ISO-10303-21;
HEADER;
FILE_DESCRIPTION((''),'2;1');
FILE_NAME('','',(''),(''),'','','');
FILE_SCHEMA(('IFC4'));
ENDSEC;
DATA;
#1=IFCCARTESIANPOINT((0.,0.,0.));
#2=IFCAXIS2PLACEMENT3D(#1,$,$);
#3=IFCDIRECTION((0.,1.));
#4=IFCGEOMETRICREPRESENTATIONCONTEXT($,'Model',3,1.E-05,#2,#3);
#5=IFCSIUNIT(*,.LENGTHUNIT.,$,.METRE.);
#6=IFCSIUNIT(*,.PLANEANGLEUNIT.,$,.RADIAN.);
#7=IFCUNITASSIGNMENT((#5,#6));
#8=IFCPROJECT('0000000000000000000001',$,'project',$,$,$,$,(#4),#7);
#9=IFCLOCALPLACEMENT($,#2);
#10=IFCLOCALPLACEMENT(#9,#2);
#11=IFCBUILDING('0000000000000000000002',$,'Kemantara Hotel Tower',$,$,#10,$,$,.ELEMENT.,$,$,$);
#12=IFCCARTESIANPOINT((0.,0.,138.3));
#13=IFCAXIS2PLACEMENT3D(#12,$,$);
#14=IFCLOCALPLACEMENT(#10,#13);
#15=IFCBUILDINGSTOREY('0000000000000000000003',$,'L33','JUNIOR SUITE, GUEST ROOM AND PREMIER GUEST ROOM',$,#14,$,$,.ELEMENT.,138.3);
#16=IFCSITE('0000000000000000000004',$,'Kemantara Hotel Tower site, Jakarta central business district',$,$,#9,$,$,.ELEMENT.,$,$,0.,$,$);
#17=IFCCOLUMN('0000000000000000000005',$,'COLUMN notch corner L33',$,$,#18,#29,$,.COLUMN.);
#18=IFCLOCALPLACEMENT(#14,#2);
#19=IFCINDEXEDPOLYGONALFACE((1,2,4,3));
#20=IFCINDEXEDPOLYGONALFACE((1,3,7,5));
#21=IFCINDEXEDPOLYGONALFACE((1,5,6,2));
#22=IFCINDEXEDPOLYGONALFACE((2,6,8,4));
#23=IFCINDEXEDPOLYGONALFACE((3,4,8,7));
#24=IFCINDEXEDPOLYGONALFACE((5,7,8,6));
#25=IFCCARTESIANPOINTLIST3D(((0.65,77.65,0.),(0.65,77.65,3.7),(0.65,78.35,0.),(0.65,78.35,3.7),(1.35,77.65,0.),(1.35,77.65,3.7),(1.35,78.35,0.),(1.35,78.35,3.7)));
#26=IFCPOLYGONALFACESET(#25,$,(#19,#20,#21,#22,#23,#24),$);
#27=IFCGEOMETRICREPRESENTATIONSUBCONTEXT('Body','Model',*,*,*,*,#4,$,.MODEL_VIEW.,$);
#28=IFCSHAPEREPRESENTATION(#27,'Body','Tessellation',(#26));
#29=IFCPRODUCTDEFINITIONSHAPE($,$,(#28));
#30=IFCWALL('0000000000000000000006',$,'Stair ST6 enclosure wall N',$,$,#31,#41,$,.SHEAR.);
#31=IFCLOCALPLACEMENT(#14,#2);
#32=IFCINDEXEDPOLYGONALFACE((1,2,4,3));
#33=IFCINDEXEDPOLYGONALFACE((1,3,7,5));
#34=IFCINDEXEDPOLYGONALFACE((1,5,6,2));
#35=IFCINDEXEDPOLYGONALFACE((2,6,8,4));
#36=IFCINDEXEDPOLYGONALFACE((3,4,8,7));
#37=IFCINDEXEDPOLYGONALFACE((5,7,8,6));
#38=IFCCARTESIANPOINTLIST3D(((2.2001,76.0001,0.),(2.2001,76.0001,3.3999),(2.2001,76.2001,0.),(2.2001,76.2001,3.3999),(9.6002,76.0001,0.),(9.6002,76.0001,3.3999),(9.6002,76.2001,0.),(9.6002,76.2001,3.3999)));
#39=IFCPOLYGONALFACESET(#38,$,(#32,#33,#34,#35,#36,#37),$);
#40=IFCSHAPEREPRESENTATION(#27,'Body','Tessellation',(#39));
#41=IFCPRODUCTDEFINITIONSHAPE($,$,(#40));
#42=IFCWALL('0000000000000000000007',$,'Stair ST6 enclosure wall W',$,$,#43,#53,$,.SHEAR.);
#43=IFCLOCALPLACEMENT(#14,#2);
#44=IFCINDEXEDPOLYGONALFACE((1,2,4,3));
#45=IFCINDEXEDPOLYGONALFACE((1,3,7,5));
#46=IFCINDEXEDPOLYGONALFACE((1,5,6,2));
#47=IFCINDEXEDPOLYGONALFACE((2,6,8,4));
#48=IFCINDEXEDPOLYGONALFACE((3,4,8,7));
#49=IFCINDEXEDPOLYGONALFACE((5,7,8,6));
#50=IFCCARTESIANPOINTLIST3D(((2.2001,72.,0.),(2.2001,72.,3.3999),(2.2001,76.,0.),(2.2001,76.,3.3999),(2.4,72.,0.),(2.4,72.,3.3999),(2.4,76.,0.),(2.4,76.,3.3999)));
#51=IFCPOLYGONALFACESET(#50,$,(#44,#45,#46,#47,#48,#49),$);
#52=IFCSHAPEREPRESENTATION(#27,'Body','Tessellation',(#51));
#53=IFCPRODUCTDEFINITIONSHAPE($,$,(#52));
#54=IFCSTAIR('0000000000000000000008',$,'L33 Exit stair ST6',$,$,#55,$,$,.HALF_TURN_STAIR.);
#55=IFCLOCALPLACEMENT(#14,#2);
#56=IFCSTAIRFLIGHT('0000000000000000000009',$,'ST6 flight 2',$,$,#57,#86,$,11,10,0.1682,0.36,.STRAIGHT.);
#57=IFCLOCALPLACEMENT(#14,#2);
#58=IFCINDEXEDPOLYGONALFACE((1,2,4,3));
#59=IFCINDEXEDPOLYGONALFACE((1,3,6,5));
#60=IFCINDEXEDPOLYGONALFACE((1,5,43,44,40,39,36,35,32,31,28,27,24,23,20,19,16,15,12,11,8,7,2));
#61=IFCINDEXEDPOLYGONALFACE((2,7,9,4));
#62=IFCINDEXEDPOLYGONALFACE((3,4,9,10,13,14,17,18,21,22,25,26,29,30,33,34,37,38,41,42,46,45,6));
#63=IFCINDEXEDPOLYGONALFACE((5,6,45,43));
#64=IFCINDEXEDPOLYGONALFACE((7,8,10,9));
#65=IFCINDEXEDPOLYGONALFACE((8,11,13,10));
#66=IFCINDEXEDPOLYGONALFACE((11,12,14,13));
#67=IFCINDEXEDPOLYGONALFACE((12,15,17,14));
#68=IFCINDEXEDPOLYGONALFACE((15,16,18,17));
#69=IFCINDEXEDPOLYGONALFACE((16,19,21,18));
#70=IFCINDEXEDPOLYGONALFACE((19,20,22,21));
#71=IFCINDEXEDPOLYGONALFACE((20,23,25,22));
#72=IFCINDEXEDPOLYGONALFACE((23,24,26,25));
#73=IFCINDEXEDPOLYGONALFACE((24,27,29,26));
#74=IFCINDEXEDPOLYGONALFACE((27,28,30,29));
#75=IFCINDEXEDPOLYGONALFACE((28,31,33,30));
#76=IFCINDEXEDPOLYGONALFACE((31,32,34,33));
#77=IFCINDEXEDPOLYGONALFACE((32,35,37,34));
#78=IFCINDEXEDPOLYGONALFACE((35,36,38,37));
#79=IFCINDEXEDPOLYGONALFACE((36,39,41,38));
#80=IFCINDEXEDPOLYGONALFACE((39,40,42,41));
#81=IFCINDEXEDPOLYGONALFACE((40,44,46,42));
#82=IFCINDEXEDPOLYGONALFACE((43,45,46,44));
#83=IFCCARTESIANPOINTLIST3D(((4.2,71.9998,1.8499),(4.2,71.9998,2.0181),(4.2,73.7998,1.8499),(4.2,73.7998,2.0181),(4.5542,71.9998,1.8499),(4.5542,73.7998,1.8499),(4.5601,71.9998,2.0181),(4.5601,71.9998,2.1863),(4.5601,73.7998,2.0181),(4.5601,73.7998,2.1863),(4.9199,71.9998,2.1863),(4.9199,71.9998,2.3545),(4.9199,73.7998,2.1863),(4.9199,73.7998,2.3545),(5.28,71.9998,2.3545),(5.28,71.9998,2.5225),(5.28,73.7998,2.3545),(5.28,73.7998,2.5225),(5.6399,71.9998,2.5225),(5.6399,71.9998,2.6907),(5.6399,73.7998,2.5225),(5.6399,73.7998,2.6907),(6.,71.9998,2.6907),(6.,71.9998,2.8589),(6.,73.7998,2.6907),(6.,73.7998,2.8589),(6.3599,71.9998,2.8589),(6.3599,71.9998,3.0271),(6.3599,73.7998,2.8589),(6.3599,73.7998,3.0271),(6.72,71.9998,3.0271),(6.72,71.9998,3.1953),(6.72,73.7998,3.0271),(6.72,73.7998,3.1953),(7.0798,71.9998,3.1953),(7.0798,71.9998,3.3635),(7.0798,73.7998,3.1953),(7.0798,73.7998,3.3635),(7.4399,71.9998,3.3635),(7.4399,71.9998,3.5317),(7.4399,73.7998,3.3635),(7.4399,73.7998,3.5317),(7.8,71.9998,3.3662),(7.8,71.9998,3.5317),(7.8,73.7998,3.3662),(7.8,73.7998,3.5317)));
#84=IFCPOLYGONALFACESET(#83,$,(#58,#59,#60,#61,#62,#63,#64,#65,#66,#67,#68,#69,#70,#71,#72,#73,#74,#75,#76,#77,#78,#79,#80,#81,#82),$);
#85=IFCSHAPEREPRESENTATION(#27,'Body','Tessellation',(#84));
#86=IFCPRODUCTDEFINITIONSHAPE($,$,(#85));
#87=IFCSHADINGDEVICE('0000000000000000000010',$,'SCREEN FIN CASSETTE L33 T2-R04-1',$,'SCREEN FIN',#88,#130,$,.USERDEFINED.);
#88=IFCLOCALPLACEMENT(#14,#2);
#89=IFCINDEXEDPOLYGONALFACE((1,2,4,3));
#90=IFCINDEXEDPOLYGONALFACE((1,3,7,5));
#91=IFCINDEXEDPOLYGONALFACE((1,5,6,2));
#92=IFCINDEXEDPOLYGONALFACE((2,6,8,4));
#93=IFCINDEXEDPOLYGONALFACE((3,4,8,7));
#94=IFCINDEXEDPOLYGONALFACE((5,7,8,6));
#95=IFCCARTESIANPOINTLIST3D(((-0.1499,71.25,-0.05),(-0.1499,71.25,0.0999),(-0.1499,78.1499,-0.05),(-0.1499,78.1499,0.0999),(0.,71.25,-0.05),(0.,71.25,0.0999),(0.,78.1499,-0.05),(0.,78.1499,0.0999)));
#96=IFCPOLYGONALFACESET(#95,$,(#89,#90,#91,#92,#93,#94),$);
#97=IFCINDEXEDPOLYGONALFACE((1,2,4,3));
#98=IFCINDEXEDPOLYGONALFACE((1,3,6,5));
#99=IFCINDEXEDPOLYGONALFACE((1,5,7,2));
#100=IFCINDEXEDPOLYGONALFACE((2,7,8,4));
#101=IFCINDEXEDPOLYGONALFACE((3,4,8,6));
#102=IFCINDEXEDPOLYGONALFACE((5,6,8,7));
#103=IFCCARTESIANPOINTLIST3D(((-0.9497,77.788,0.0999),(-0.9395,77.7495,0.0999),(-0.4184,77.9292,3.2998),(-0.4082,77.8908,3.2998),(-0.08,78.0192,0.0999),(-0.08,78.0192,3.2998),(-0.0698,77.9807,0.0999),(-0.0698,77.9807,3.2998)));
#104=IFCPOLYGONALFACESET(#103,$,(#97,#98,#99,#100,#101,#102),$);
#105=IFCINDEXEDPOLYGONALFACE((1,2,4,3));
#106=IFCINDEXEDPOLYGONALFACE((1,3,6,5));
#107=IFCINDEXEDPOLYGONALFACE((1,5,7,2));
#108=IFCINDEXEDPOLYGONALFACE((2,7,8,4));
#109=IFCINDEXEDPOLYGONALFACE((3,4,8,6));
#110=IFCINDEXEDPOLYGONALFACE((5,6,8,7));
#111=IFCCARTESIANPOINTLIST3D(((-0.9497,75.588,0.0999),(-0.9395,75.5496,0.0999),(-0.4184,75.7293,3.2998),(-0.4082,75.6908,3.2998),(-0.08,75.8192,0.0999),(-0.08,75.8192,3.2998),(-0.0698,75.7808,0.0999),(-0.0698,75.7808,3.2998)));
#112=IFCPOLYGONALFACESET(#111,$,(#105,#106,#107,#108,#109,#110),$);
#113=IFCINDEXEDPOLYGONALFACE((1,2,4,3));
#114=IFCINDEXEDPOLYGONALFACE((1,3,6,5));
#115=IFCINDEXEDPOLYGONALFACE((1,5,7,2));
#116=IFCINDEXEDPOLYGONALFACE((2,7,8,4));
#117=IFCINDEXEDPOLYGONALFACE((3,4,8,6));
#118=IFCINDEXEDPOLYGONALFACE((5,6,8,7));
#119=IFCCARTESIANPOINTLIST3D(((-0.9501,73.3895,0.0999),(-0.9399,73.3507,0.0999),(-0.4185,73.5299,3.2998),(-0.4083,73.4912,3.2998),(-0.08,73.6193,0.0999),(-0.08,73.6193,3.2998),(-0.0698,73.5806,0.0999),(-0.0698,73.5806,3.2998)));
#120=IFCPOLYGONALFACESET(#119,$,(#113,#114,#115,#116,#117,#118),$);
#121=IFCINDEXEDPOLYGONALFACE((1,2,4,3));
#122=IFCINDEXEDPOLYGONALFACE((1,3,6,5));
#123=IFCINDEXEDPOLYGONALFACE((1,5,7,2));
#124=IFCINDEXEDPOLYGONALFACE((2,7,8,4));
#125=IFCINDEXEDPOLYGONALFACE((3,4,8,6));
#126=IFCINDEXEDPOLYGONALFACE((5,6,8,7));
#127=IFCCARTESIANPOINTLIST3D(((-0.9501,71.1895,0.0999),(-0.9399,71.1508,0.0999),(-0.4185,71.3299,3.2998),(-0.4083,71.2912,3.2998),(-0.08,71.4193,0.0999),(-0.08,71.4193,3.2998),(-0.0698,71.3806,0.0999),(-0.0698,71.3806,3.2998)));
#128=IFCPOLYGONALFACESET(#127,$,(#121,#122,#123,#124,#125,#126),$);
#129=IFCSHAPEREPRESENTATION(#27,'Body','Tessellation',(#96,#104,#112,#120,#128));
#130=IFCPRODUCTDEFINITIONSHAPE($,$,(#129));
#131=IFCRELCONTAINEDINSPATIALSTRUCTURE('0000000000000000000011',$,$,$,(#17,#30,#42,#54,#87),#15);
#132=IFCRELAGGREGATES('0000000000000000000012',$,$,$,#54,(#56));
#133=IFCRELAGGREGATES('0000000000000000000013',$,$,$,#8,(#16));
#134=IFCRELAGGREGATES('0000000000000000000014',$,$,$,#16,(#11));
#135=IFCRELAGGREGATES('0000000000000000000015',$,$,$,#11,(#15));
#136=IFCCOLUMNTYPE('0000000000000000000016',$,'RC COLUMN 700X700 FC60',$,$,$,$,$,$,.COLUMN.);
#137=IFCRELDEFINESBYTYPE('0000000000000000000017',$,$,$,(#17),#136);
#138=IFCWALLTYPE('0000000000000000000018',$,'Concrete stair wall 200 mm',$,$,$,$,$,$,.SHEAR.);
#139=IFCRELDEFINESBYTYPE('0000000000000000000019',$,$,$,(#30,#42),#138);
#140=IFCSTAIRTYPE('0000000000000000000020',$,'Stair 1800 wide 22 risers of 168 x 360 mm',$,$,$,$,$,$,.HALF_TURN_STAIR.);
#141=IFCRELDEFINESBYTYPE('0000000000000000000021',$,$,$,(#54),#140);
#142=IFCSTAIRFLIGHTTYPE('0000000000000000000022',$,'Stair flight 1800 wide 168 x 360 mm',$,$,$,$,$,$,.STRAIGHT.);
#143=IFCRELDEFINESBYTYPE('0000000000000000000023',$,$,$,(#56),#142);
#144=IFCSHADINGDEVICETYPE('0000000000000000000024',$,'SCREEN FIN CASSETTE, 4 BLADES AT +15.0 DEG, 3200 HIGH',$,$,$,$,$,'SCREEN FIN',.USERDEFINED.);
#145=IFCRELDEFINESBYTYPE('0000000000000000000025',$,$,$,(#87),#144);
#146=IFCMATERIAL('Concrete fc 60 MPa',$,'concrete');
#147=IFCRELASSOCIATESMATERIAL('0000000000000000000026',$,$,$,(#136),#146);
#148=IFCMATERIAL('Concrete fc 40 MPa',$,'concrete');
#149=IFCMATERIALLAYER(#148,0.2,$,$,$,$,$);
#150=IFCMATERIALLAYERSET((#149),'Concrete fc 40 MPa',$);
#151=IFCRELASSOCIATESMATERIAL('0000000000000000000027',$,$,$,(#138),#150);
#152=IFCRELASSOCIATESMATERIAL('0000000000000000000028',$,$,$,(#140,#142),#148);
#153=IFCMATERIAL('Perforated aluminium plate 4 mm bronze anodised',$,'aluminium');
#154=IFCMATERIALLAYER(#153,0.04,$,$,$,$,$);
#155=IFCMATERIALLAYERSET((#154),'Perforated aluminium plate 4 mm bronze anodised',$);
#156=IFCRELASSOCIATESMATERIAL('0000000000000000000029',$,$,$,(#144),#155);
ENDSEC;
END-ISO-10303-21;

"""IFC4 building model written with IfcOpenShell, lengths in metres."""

from ifc_helpers import new_model, si_unit, direction, frame, frame_2d, origin, origin_2d, place, context, subcontext, project, spatial, polyline, rectangle, outline, extrude, source, transform, mapped, material, layer, layer_set, material_profile, profile_set, type_object, element, aggregate, save


model = new_model("IFC4")

# Units and contexts
model_context = context("Model", 3, precision=1e-05, world=origin(), true_north=direction((0.0, 1.0)))
body_context = subcontext(model_context, "Body", "Model", "MODEL_VIEW")
ifc_project = project(units=[si_unit("LENGTHUNIT", "METRE"), si_unit("PLANEANGLEUNIT", "RADIAN")], contexts=[model_context])

# Site, building, storey
site_placement = place(None, origin())
site = spatial("IfcSite", under=ifc_project, at=site_placement, Name="Kemantara Hotel Tower site, Jakarta central business district", CompositionType="ELEMENT", RefElevation=0.0)
building_placement = place(site_placement, origin())
building = spatial("IfcBuilding", under=site, at=building_placement, Name="Kemantara Hotel Tower", CompositionType="ELEMENT")
storey_placement = place(building_placement, frame((0.0, 0.0, 138.3)))
storey = spatial("IfcBuildingStorey", under=building, at=storey_placement, Name="L33", Description="JUNIOR SUITE, GUEST ROOM AND PREMIER GUEST ROOM", CompositionType="ELEMENT", Elevation=138.3)

# Column
ifc_material_1 = material(Name="Concrete fc 60 MPa", Category="concrete")
ifc_material_profile = material_profile(ifc_material_1, rectangle(XDim=0.7, YDim=0.7, at=origin_2d()), Name="RC 700X700")
ifc_profile_set = profile_set([ifc_material_profile], Name="Concrete fc 60 MPa")
column_type = type_object("IfcColumnType", Name="RC COLUMN 700X700 FC60", PredefinedType="COLUMN", material=ifc_profile_set)
column_placement = place(storey_placement, frame((1.0, 78.0, 0.0), z_axis=(0.0, 0.0, 1.0), x_axis=(1.0, 0.0, 0.0)))
element("IfcColumn", 1, at=column_placement, inside=storey, type_object=column_type, Name="COLUMN notch corner L33", PredefinedType="COLUMN", context=body_context, shape_type="SweptSolid", body=[
    extrude(rectangle(XDim=0.7, YDim=0.7, at=origin_2d()), origin(), (0.0, 0.0, 1.0), 3.7),
])

# Walls
ifc_material_2 = material(Name="Concrete fc 40 MPa", Category="concrete")
ifc_layer_1 = layer(ifc_material_2, 0.2)
ifc_layer_set_1 = layer_set([ifc_layer_1], Name="Concrete fc 40 MPa")
wall_type = type_object("IfcWallType", Name="Concrete stair wall 200 mm", PredefinedType="SHEAR", material=ifc_layer_set_1)
wall_1_placement = place(storey_placement, frame((2.2, 76.1001, 0.0), z_axis=(0.0, 0.0, 1.0), x_axis=(1.0, 0.0, 0.0)))
element("IfcWall", 2, at=wall_1_placement, inside=storey, type_object=wall_type, Name="Stair ST6 enclosure wall N", PredefinedType="SHEAR", context=body_context, shape_type="SweptSolid", body=[
    extrude(rectangle(XDim=7.4001, YDim=0.2, at=frame_2d((3.7002, 0.0))), origin(), (0.0, 0.0, 1.0), 3.3999),
])
wall_2_placement = place(storey_placement, frame((2.3, 72.0, 0.0), z_axis=(0.0, 0.0, 1.0), x_axis=(0.0, 1.0, 0.0)))
element("IfcWall", 3, at=wall_2_placement, inside=storey, type_object=wall_type, Name="Stair ST6 enclosure wall W", PredefinedType="SHEAR", context=body_context, shape_type="SweptSolid", body=[
    extrude(rectangle(XDim=4.0, YDim=0.2, at=frame_2d((2.0, 0.0))), origin(), (0.0, 0.0, 1.0), 3.3999),
])

# Stair, stair flight
stair_type = type_object("IfcStairType", Name="Stair 1800 wide 22 risers of 168 x 360 mm", PredefinedType="HALF_TURN_STAIR", material=ifc_material_2)
stair_placement = place(storey_placement, origin())
stair = element("IfcStair", 4, at=stair_placement, inside=storey, type_object=stair_type, Name="L33 Exit stair ST6", PredefinedType="HALF_TURN_STAIR")
stair_flight_type = type_object("IfcStairFlightType", Name="Stair flight 1800 wide 168 x 360 mm", PredefinedType="STRAIGHT", material=ifc_material_2)
stair_flight_placement = place(storey_placement, frame((4.2, 72.8999, 1.8499), z_axis=(0.0, 0.0, 1.0), x_axis=(1.0, 0.0, 0.0)))
stair_flight = element("IfcStairFlight", 5, at=stair_flight_placement, type_object=stair_flight_type, Name="ST6 flight 2", NumberOfRisers=11, NumberOfTreads=10, PredefinedType="STRAIGHT", RiserHeight=0.1682, TreadLength=0.36, context=body_context, shape_type="SweptSolid", body=[
    extrude(outline(polyline([(0.0, 0.0), (0.0, 0.1682), (0.3601, 0.1682), (0.3601, 0.3364), (0.72, 0.3364), (0.72, 0.5046), (1.0801, 0.5046), (1.0801, 0.6726), (1.4399, 0.6726), (1.4399, 0.8408), (1.8, 0.8408), (1.8, 1.009), (2.1599, 1.009), (2.1599, 1.1772), (2.52, 1.1772), (2.52, 1.3455), (2.8799, 1.3455), (2.8799, 1.5137), (3.24, 1.5137), (3.24, 1.6819), (3.6001, 1.6819), (3.6001, 1.8501), (3.6001, 1.5164), (0.3542, 0.0), (0.0, 0.0)])), frame((0.0, 0.8999, 0.0), z_axis=(0.0, -1.0, 0.0), x_axis=(1.0, 0.0, 0.0)), (0.0, 0.0, 1.0), 1.8),
])
aggregate(stair, [stair_flight])

# Shading device
ifc_material_3 = material(Name="Perforated aluminium plate 4 mm bronze anodised", Category="aluminium")
ifc_layer_2 = layer(ifc_material_3, 0.04)
ifc_layer_set_2 = layer_set([ifc_layer_2], Name="Perforated aluminium plate 4 mm bronze anodised")
shading_device_type = type_object("IfcShadingDeviceType", Name="SCREEN FIN CASSETTE, 4 BLADES AT +15.0 DEG, 3200 HIGH", ElementType="SCREEN FIN", PredefinedType="USERDEFINED", material=ifc_layer_set_2)
shared_shape = source(origin(), body_context, "Body", "SweptSolid", [
    extrude(rectangle(XDim=6.8999, YDim=0.1499, at=origin_2d()), frame((3.3, -0.075, -0.1499), z_axis=(0.0, 0.0, 1.0), x_axis=(1.0, 0.0, 0.0)), (0.0, 0.0, 1.0), 0.1499),
    extrude(outline(polyline([(0.0, 0.0), (0.8999, 0.0), (0.3501, 3.2), (0.0, 3.2), (0.0, 0.0)])), frame((0.0193, -0.0698, 0.0), z_axis=(-0.966438, -0.256901, 0.0), x_axis=(0.256901, -0.966438, 0.0)), (0.0, 0.0, 1.0), 0.0398),
    extrude(outline(polyline([(0.0, 0.0), (0.8999, 0.0), (0.3501, 3.2), (0.0, 3.2), (0.0, 0.0)])), frame((2.2192, -0.0698, 0.0), z_axis=(-0.966438, -0.256901, 0.0), x_axis=(0.256901, -0.966438, 0.0)), (0.0, 0.0, 1.0), 0.0398),
    extrude(outline(polyline([(0.0, 0.0), (0.8999, 0.0), (0.3501, 3.2), (0.0, 3.2), (0.0, 0.0)])), frame((4.4194, -0.0698, 0.0), z_axis=(-0.966838, -0.255391, 0.0), x_axis=(0.255391, -0.966838, 0.0)), (0.0, 0.0, 1.0), 0.04),
    extrude(outline(polyline([(0.0, 0.0), (0.8999, 0.0), (0.3501, 3.2), (0.0, 3.2), (0.0, 0.0)])), frame((6.6194, -0.0698, 0.0), z_axis=(-0.966838, -0.255391, 0.0), x_axis=(0.255391, -0.966838, 0.0)), (0.0, 0.0, 1.0), 0.04),
])
shading_device_placement = place(storey_placement, frame((0.0, 78.0, 0.0999), z_axis=(0.0, 0.0, 1.0), x_axis=(0.0, -1.0, 0.0)))
element("IfcShadingDevice", 6, at=shading_device_placement, inside=storey, type_object=shading_device_type, Name="SCREEN FIN CASSETTE L33 T2-R04-1", ObjectType="SCREEN FIN", PredefinedType="USERDEFINED", context=body_context, shape_type="MappedRepresentation", body=[
    mapped(shared_shape, transform((0.0, 0.0, 0.0))),
])

save(model, "model.ifc")
